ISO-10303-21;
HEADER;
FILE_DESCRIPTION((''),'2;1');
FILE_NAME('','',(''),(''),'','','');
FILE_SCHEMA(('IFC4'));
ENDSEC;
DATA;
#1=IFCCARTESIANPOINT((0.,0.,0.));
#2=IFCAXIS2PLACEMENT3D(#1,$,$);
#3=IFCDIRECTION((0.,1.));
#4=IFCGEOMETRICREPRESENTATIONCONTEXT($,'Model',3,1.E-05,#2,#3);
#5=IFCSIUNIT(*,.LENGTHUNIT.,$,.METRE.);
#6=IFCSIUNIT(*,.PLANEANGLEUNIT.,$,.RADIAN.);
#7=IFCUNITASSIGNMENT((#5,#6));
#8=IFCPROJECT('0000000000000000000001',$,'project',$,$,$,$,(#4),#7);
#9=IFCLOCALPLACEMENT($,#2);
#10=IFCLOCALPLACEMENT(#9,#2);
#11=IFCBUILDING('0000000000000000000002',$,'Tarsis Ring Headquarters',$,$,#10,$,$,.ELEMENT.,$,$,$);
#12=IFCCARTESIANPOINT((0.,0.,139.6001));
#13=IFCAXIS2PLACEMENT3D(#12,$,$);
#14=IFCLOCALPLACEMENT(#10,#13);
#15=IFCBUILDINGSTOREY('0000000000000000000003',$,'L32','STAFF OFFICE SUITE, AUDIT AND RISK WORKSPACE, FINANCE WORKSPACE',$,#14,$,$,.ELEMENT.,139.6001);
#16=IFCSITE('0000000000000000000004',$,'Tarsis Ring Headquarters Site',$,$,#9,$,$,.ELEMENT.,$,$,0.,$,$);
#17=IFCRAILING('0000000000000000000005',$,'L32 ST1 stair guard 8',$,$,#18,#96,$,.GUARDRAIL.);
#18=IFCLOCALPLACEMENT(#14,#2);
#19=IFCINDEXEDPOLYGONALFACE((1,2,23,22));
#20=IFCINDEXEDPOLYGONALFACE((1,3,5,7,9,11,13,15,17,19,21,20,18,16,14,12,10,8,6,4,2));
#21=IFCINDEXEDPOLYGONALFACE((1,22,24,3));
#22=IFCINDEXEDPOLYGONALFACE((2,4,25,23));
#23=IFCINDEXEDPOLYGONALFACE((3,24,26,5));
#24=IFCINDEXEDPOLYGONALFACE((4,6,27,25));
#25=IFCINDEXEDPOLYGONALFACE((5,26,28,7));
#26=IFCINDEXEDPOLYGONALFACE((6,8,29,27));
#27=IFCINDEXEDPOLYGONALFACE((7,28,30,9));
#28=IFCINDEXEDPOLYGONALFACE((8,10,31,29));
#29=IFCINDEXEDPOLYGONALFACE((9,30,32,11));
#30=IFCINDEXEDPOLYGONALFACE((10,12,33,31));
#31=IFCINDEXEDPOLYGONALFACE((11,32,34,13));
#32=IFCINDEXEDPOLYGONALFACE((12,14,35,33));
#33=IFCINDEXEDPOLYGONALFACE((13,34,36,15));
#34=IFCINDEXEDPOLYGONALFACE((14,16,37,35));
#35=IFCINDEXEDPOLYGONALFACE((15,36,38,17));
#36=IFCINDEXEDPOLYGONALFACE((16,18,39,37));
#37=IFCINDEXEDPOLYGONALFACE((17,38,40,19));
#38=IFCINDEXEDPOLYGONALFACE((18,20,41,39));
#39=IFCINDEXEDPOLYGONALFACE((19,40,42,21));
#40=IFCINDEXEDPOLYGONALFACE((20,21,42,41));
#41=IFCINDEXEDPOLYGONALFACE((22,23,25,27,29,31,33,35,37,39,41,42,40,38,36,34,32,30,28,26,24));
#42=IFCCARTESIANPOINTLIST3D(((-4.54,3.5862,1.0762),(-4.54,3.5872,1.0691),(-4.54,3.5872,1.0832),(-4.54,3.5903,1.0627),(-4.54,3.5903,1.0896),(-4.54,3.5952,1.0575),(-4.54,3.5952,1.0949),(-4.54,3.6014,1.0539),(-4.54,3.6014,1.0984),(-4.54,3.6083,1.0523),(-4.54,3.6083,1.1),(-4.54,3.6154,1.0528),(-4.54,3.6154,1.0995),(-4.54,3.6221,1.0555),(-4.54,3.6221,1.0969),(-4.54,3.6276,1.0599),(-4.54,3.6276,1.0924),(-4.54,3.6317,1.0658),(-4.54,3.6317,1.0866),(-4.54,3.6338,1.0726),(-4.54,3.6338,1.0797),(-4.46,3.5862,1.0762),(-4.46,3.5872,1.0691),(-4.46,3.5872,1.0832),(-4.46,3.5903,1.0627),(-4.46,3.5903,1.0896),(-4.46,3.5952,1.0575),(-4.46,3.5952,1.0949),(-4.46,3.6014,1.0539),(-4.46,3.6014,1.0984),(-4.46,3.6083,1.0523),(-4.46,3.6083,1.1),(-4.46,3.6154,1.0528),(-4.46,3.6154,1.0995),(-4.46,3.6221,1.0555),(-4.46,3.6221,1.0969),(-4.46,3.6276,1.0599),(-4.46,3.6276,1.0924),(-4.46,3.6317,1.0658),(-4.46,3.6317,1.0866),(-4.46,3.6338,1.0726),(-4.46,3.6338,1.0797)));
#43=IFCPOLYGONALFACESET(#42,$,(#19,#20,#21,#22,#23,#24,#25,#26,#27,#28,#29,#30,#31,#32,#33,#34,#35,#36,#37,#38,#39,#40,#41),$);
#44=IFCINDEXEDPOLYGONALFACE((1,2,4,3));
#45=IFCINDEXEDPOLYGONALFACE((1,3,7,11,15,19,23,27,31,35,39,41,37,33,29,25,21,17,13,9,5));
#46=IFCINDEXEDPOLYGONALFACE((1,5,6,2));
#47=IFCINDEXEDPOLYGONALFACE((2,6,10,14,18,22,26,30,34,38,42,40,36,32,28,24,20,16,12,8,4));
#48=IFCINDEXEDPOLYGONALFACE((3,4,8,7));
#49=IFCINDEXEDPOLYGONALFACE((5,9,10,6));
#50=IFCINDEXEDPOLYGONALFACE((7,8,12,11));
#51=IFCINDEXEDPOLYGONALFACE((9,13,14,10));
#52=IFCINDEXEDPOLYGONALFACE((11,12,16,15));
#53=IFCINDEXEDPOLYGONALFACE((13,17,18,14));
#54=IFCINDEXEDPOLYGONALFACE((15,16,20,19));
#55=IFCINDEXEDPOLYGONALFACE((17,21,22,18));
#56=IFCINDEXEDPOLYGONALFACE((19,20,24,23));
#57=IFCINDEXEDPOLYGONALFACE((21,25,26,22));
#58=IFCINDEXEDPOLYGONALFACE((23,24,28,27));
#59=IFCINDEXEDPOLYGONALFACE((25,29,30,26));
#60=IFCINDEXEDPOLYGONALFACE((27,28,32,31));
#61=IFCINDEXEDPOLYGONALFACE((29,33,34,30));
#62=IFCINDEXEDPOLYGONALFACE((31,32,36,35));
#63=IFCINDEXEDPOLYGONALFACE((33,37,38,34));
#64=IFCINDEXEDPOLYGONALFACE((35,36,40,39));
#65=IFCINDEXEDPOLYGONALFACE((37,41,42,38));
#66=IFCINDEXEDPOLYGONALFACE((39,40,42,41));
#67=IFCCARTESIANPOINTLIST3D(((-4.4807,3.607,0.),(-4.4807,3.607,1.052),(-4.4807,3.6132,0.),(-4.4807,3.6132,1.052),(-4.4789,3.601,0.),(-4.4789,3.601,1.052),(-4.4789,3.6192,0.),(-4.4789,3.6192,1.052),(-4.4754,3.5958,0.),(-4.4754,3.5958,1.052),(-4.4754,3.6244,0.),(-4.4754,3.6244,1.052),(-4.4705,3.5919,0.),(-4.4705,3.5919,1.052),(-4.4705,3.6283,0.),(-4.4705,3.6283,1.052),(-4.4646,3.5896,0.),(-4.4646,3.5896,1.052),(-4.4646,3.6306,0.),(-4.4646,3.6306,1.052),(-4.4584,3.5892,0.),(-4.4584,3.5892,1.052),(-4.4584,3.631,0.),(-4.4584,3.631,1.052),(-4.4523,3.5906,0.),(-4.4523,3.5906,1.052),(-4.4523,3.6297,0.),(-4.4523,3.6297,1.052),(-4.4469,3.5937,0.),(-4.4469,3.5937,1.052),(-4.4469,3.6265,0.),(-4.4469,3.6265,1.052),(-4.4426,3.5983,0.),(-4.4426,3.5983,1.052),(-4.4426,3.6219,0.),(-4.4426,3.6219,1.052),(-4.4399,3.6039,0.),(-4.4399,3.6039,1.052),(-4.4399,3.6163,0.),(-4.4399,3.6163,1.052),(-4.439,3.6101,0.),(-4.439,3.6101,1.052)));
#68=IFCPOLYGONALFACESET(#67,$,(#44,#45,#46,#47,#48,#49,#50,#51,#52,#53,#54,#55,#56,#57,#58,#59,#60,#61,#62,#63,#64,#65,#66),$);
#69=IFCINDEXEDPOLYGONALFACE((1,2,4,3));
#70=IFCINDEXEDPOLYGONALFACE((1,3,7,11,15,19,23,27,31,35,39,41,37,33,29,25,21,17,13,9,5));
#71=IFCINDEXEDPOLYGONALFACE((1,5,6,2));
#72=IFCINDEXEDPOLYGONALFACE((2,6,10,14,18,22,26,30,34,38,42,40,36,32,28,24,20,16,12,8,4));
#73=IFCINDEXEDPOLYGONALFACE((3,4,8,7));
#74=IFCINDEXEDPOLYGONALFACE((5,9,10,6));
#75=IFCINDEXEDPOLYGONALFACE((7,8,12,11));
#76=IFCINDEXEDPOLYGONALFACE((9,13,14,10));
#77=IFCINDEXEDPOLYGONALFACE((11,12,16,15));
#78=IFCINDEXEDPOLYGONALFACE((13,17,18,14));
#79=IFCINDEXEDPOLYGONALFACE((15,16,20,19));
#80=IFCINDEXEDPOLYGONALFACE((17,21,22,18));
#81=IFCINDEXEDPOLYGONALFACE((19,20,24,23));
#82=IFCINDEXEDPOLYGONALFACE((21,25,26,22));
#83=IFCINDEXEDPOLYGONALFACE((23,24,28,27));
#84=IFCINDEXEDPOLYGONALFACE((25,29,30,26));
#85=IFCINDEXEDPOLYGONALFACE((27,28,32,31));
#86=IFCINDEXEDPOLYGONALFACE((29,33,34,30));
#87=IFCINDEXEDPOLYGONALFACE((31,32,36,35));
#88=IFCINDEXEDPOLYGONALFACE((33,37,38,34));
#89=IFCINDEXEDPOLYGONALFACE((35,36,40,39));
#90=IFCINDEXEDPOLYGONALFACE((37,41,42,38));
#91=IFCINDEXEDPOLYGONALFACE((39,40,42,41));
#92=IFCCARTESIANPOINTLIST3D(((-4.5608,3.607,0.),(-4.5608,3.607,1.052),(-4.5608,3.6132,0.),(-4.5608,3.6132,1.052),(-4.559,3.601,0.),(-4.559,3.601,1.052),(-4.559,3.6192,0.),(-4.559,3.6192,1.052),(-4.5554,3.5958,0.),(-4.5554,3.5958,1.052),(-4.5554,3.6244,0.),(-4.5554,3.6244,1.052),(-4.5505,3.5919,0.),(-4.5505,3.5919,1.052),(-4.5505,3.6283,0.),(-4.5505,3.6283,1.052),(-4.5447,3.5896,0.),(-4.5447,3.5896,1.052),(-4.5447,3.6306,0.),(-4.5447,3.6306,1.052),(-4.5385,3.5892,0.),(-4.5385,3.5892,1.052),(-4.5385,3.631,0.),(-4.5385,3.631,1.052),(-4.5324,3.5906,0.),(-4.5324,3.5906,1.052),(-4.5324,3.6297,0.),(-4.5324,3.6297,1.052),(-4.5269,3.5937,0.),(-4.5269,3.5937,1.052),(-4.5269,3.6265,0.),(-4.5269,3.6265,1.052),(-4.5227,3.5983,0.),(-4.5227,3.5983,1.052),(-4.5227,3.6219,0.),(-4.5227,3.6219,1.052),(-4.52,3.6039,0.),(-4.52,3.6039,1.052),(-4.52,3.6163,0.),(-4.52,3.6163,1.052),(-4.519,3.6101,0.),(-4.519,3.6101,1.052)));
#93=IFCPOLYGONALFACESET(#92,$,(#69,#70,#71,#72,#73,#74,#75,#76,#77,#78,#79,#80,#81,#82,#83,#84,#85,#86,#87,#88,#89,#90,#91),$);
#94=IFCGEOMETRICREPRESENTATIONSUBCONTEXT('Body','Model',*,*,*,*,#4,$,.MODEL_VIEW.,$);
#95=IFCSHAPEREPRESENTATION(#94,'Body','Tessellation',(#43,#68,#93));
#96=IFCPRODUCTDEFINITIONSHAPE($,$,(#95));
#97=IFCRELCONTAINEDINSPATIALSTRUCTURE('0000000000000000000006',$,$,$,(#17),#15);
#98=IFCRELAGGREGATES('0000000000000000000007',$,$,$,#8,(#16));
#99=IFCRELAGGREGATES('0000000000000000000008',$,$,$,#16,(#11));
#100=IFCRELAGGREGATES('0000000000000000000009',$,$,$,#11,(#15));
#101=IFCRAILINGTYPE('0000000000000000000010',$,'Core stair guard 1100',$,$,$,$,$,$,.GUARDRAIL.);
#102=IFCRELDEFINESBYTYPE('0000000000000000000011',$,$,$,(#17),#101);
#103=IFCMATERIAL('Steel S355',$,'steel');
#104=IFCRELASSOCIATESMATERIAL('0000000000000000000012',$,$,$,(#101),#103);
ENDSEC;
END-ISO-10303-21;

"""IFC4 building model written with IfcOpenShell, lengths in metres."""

from ifc_helpers import new_model, si_unit, direction, frame, origin, origin_2d, place, context, subcontext, project, spatial, circle, extrude, material, type_object, element, save


model = new_model("IFC4")

# Units and contexts
model_context = context("Model", 3, precision=1e-05, world=origin(), true_north=direction((0.0, 1.0)))
body_context = subcontext(model_context, "Body", "Model", "MODEL_VIEW")
ifc_project = project(units=[si_unit("LENGTHUNIT", "METRE"), si_unit("PLANEANGLEUNIT", "RADIAN")], contexts=[model_context])

# Site, building, storey
site_placement = place(None, origin())
site = spatial("IfcSite", under=ifc_project, at=site_placement, Name="Tarsis Ring Headquarters Site", CompositionType="ELEMENT", RefElevation=0.0)
building_placement = place(site_placement, origin())
building = spatial("IfcBuilding", under=site, at=building_placement, Name="Tarsis Ring Headquarters", CompositionType="ELEMENT")
storey_placement = place(building_placement, frame((0.0, 0.0, 139.6001)))
storey = spatial("IfcBuildingStorey", under=building, at=storey_placement, Name="L32", Description="STAFF OFFICE SUITE, AUDIT AND RISK WORKSPACE, FINANCE WORKSPACE", CompositionType="ELEMENT", Elevation=139.6001)

# Shared definitions
ifc_material_1 = material(Name="Steel S355", Category="steel")

# Railing
railing_type_1 = type_object("IfcRailingType", Name="Core stair guard 1100", PredefinedType="GUARDRAIL", material=ifc_material_1)
railing_1_placement = place(storey_placement, frame((-4.46, 3.6101, 0.0)))
element("IfcRailing", 1, at=railing_1_placement, inside=storey, type_object=railing_type_1, Name="L32 ST1 stair guard 8", PredefinedType="GUARDRAIL", context=body_context, shape_type="SweptSolid", body=[
    extrude(circle(Radius=0.0239, at=origin_2d()), frame((0.0, 0.0, 1.0762), z_axis=(-1.0, 0.0, 0.0), x_axis=(0.0, -1.0, 0.0)), (0.0, 0.0, 1.0), 0.0801),
    extrude(circle(Radius=0.021, at=origin_2d()), origin(), (0.0, 0.0, 1.0), 1.052),
    extrude(circle(Radius=0.021, at=origin_2d()), frame((-0.0801, 0.0, 0.0)), (0.0, 0.0, 1.0), 1.052),
])

save(model, "model.ifc")
